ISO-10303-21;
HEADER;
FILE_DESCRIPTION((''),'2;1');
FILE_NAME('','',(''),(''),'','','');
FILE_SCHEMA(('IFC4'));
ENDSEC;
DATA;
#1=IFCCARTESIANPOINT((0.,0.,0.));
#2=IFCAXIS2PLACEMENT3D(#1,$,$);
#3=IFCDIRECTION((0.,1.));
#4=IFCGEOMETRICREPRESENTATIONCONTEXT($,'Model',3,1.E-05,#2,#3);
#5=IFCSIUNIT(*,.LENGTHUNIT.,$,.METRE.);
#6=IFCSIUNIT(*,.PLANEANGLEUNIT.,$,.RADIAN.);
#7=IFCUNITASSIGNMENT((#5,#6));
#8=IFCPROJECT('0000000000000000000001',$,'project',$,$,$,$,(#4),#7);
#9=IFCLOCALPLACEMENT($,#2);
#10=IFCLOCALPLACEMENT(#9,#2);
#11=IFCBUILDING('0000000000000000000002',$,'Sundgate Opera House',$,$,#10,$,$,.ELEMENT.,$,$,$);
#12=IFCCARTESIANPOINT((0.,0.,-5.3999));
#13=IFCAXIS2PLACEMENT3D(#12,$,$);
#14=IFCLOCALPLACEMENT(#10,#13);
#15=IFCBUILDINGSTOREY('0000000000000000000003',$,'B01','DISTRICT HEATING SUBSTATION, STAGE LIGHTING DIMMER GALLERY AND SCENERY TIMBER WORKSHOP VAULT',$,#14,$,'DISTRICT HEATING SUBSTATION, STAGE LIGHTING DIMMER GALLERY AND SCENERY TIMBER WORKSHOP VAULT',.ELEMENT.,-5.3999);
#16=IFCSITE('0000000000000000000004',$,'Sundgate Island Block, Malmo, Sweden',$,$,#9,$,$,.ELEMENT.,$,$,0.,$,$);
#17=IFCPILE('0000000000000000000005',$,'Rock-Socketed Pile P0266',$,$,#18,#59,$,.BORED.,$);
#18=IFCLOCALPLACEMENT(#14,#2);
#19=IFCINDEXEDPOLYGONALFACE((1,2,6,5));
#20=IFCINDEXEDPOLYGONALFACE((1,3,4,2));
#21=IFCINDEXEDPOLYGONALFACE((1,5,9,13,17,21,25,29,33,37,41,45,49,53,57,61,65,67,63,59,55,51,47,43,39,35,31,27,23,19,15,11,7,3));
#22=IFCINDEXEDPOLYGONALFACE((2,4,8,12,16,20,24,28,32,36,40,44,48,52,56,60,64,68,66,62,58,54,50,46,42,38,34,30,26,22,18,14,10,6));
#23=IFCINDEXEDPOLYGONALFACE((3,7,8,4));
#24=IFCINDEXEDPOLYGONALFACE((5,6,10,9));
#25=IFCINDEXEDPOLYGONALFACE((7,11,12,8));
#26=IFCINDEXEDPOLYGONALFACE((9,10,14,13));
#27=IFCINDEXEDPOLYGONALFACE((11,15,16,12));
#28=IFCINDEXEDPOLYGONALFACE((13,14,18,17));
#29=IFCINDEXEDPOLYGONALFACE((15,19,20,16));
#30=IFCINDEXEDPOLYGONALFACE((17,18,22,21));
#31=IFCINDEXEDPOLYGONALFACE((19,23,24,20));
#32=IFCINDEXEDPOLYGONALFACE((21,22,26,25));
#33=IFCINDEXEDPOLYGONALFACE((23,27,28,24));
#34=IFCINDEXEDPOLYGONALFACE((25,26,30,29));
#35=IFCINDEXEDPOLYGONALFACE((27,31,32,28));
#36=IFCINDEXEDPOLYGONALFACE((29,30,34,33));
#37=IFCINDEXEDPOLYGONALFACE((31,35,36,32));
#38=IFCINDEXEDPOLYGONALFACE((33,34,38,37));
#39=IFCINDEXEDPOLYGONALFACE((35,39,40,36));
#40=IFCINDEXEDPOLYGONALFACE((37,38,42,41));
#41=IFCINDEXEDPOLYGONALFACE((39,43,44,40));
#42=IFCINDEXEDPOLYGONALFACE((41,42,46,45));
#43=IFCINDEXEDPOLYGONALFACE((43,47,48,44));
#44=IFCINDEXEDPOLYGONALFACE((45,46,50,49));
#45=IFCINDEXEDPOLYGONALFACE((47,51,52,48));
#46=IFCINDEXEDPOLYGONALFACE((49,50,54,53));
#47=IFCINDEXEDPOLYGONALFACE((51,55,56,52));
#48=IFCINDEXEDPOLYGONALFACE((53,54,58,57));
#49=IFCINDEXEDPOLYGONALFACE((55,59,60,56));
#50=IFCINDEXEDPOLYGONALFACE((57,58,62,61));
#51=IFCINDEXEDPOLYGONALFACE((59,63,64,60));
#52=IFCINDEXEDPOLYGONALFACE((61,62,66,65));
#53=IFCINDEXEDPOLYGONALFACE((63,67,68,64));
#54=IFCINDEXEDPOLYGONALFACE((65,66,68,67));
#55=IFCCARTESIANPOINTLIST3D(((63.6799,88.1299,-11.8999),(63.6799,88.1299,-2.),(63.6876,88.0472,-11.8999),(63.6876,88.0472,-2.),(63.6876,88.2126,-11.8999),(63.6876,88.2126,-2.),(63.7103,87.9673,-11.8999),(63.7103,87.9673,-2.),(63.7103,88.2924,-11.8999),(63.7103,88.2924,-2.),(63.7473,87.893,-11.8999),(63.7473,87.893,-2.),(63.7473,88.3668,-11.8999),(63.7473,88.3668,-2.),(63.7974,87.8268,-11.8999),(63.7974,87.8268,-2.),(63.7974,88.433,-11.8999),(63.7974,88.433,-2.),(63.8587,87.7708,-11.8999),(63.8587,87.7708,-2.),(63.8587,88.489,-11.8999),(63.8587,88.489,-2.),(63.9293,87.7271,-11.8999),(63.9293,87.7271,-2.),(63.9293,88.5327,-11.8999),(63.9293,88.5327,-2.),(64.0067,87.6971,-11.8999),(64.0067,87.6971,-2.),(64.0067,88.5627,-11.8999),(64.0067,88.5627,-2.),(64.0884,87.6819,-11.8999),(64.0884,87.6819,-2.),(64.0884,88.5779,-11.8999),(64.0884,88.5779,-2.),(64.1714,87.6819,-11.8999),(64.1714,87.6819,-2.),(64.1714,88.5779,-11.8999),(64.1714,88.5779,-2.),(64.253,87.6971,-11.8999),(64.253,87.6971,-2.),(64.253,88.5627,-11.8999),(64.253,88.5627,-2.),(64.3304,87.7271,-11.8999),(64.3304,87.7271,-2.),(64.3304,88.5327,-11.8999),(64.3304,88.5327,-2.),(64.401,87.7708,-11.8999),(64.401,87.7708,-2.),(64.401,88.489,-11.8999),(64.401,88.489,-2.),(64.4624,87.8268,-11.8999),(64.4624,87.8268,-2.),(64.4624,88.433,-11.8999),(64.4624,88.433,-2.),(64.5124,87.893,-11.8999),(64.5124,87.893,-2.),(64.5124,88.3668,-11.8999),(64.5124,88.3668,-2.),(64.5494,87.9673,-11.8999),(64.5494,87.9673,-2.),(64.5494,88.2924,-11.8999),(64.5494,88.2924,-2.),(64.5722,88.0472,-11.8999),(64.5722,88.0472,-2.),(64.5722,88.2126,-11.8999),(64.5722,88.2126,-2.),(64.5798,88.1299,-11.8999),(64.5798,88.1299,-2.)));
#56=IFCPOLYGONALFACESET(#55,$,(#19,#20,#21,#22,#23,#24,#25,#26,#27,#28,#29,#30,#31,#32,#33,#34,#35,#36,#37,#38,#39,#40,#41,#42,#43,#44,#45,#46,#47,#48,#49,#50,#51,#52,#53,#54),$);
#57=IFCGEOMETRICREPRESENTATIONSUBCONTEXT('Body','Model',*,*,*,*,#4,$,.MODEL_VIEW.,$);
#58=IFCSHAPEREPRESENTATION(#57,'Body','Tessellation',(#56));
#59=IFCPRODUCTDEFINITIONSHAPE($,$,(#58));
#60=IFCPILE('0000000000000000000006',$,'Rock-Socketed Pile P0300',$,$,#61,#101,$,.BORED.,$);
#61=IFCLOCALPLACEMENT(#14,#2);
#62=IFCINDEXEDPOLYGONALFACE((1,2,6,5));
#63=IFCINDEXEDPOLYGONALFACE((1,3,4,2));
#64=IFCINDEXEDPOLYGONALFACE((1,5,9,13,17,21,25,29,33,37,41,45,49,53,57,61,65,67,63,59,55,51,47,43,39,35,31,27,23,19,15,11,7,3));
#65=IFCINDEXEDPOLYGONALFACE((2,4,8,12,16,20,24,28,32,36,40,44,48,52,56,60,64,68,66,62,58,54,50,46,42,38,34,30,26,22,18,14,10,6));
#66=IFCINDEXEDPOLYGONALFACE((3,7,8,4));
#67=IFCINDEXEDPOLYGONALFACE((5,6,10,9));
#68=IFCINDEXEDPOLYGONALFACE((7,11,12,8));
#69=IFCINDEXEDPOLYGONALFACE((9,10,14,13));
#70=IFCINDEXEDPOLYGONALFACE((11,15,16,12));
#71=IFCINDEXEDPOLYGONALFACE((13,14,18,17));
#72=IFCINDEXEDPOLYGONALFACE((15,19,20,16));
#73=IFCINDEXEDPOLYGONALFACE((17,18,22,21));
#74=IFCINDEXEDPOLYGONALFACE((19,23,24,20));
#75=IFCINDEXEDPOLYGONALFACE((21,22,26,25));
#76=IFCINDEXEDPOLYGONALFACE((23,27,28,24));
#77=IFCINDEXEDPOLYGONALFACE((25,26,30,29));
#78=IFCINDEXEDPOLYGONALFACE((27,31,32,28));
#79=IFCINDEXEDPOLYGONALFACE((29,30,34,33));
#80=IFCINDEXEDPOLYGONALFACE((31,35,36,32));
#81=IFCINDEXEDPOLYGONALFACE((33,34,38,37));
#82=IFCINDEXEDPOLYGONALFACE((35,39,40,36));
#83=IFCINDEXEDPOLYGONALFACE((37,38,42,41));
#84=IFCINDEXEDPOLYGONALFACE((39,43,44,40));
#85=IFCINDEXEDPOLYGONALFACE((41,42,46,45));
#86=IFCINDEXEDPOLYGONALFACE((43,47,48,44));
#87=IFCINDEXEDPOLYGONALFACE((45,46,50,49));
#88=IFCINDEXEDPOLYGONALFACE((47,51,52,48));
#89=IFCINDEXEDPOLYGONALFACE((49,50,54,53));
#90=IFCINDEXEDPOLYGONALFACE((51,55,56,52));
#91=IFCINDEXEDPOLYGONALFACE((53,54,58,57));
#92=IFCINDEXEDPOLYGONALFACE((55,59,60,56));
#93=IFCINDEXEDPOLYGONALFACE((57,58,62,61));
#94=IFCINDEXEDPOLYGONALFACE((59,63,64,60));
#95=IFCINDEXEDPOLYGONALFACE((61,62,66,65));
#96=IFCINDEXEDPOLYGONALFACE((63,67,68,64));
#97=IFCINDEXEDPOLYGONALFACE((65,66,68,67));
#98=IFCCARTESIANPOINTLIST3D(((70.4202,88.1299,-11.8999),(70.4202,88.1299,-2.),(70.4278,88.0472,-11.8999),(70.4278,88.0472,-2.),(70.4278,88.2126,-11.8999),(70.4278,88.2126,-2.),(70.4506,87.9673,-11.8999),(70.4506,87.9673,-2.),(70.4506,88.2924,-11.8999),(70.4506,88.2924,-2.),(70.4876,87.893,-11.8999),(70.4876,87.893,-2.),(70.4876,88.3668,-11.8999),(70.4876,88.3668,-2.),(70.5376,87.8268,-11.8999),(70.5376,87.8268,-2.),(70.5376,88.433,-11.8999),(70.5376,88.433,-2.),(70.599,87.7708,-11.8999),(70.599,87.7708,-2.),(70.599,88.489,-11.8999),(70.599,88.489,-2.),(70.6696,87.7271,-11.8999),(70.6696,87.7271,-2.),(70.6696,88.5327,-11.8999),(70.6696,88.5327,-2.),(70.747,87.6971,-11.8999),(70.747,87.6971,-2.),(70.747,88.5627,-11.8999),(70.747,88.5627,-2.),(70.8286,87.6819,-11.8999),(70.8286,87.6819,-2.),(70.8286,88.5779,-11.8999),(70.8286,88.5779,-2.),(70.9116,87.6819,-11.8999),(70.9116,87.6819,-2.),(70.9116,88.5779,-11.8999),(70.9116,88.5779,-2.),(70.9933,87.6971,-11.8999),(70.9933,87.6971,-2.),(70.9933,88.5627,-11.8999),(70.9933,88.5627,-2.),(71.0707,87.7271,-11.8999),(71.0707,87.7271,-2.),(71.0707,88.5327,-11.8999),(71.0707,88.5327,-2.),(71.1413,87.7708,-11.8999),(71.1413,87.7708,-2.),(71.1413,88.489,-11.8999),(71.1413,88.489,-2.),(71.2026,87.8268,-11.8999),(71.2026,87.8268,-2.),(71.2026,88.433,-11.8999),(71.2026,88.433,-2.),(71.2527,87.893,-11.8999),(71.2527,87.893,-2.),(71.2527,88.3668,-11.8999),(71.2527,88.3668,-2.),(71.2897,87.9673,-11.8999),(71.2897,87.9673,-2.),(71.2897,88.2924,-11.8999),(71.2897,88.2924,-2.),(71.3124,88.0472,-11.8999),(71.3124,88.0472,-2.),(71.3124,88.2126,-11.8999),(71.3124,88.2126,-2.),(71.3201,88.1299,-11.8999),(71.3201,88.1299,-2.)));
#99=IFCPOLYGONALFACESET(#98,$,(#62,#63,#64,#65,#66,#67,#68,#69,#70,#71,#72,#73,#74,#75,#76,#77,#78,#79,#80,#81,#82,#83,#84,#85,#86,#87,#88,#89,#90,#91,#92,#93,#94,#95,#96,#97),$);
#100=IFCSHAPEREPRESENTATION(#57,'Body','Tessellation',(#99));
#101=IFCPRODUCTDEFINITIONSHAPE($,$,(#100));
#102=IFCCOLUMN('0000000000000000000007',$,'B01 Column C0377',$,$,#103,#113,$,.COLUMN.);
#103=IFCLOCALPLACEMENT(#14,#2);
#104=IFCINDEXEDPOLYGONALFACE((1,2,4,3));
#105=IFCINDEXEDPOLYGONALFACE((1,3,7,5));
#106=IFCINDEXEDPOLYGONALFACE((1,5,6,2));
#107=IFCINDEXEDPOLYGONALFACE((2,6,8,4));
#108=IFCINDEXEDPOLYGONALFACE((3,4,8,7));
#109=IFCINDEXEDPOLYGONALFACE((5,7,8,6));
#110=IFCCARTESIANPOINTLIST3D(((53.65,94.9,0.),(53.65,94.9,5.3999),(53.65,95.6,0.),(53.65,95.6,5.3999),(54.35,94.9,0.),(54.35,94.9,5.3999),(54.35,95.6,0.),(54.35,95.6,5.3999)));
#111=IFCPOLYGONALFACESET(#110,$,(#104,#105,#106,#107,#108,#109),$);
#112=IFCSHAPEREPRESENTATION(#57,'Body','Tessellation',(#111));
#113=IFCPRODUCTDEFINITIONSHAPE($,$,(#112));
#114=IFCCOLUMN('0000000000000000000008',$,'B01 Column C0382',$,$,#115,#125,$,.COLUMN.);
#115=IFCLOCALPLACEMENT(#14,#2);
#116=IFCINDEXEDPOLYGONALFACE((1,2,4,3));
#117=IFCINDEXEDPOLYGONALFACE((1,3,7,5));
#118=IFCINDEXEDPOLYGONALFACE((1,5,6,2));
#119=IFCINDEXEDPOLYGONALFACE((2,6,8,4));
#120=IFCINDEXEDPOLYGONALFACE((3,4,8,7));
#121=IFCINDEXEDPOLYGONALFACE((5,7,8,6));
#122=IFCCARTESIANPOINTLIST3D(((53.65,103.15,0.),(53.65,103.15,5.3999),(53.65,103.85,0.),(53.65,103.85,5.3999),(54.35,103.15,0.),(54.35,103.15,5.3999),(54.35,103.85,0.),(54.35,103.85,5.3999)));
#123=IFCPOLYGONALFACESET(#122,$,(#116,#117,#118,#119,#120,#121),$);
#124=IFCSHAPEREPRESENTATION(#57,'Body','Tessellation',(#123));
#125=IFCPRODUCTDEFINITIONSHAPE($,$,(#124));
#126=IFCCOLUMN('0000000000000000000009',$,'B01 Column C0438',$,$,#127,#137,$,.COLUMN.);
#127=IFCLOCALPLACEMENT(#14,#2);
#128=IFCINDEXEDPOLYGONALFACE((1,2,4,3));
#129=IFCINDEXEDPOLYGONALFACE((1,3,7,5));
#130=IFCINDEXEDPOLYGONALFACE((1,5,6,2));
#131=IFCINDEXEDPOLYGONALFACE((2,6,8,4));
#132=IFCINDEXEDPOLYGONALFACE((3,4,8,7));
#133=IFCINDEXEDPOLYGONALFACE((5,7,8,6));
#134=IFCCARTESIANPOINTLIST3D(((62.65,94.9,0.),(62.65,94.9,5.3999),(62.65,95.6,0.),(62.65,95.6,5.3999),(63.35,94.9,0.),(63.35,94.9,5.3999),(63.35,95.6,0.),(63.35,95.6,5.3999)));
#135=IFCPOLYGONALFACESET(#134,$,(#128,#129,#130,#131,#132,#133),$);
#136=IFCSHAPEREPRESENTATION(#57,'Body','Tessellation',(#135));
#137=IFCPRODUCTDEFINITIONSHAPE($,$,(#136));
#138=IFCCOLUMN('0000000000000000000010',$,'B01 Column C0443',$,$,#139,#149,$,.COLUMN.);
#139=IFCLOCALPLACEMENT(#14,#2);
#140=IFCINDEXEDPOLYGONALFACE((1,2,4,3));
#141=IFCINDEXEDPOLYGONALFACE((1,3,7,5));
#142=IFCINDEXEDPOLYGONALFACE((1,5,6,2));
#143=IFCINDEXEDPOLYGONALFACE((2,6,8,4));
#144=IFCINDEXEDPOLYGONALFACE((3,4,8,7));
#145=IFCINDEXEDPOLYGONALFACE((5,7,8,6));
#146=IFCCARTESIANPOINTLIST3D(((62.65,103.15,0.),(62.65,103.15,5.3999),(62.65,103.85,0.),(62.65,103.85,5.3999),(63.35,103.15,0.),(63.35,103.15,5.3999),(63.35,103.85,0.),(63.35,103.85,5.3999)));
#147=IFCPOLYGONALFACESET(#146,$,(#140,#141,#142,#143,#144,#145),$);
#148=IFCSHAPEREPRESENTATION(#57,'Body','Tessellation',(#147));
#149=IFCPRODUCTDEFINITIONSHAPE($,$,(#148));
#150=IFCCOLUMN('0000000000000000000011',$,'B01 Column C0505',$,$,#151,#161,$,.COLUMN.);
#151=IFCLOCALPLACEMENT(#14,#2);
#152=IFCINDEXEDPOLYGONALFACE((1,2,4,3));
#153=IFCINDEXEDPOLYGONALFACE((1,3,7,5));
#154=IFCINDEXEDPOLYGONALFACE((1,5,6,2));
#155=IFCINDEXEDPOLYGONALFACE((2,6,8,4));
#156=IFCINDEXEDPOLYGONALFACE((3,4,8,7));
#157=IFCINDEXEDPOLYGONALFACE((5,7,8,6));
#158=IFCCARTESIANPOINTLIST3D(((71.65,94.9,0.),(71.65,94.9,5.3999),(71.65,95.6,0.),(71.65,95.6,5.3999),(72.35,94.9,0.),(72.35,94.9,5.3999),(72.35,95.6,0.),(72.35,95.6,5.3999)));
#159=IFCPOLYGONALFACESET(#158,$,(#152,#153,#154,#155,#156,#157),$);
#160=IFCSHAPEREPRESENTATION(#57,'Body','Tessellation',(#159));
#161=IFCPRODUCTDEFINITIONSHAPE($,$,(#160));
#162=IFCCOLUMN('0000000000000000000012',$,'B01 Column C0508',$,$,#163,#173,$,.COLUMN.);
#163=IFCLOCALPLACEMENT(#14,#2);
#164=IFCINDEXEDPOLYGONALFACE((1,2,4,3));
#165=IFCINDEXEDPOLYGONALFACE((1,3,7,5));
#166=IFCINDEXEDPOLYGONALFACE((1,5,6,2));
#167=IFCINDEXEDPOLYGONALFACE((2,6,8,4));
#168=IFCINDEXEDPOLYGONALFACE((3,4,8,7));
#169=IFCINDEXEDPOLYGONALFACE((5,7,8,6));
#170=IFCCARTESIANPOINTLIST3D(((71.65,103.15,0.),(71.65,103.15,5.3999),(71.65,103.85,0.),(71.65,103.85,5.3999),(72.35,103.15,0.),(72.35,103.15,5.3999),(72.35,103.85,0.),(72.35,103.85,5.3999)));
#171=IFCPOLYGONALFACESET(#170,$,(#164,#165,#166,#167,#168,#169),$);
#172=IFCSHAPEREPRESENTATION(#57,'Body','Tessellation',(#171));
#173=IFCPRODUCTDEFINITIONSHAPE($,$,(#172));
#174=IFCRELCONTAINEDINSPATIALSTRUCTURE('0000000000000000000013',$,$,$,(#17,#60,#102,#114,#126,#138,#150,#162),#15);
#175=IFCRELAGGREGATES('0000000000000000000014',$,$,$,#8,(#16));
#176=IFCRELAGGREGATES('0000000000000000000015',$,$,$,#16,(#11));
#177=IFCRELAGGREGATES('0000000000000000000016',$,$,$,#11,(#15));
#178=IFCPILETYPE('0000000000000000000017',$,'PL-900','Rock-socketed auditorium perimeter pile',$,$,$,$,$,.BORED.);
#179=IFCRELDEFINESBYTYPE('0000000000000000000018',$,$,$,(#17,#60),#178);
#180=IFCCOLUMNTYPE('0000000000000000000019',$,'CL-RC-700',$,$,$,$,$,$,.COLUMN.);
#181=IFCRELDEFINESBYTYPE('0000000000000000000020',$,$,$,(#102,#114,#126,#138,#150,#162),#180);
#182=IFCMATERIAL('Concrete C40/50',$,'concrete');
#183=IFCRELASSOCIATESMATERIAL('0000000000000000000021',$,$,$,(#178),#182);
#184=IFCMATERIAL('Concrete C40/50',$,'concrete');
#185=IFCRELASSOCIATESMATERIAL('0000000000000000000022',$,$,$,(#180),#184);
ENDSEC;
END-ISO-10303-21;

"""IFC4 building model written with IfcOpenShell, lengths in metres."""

from ifc_helpers import new_model, si_unit, direction, frame, origin, origin_2d, place, context, subcontext, project, spatial, rectangle, circle, extrude, material, material_profile, profile_set, type_object, element, save


model = new_model("IFC4")

# Units and contexts
model_context = context("Model", 3, precision=1e-05, world=origin(), true_north=direction((0.0, 1.0)))
body_context = subcontext(model_context, "Body", "Model", "MODEL_VIEW")
ifc_project = project(units=[si_unit("LENGTHUNIT", "METRE"), si_unit("PLANEANGLEUNIT", "RADIAN")], contexts=[model_context])

# Site, building, storey
site_placement = place(None, origin())
site = spatial("IfcSite", under=ifc_project, at=site_placement, Name="Sundgate Island Block, Malmo, Sweden", CompositionType="ELEMENT", RefElevation=0.0)
building_placement = place(site_placement, origin())
building = spatial("IfcBuilding", under=site, at=building_placement, Name="Sundgate Opera House", CompositionType="ELEMENT")
storey_placement = place(building_placement, frame((0.0, 0.0, -5.3999)))
storey = spatial("IfcBuildingStorey", under=building, at=storey_placement, Name="B01", Description="DISTRICT HEATING SUBSTATION, STAGE LIGHTING DIMMER GALLERY AND SCENERY TIMBER WORKSHOP VAULT", LongName="DISTRICT HEATING SUBSTATION, STAGE LIGHTING DIMMER GALLERY AND SCENERY TIMBER WORKSHOP VAULT", CompositionType="ELEMENT", Elevation=-5.3999)

# Piles
ifc_material_1 = material(Name="Concrete C40/50", Category="concrete")
ifc_material_profile_1 = material_profile(ifc_material_1, circle(Radius=0.45, at=origin_2d()), Name="PILE D900")
ifc_profile_set_1 = profile_set([ifc_material_profile_1], Name="Concrete C40/50")
pile_type_1 = type_object("IfcPileType", Name="PL-900", Description="Rock-socketed auditorium perimeter pile", PredefinedType="BORED", material=ifc_profile_set_1)
for number, where, z_axis, x_axis, name in (
    (1, (64.1299, 88.1299, -2.0), (0.0, 0.0, -1.0), (1.0, 0.0, 0.0), "Rock-Socketed Pile P0266"),
    (2, (70.8701, 88.1299, -2.0), (0.0, 0.0, -1.0), (1.0, 0.0, 0.0), "Rock-Socketed Pile P0300"),
):
    element("IfcPile", number, at=place(storey_placement, frame(where, z_axis=z_axis, x_axis=x_axis)), inside=storey, type_object=pile_type_1, Name=name, PredefinedType="BORED", context=body_context, shape_type="SweptSolid", body=[
        extrude(circle(Radius=0.45, at=origin_2d()), origin(), (0.0, 0.0, 1.0), 9.8999),
    ])

# Columns
ifc_material_2 = material(Name="Concrete C40/50", Category="concrete")
ifc_material_profile_2 = material_profile(ifc_material_2, rectangle(XDim=0.7, YDim=0.7, at=origin_2d()), Name="RC 700x700")
ifc_profile_set_2 = profile_set([ifc_material_profile_2], Name="Concrete C40/50")
column_type = type_object("IfcColumnType", Name="CL-RC-700", PredefinedType="COLUMN", material=ifc_profile_set_2)
for number, where, z_axis, x_axis, name in (
    (3, (54.0, 95.25, 0.0), (0.0, 0.0, 1.0), (1.0, 0.0, 0.0), "B01 Column C0377"),
    (4, (54.0, 103.5, 0.0), (0.0, 0.0, 1.0), (1.0, 0.0, 0.0), "B01 Column C0382"),
    (5, (63.0, 95.25, 0.0), (0.0, 0.0, 1.0), (1.0, 0.0, 0.0), "B01 Column C0438"),
    (6, (63.0, 103.5, 0.0), (0.0, 0.0, 1.0), (1.0, 0.0, 0.0), "B01 Column C0443"),
    (7, (72.0, 95.25, 0.0), (0.0, 0.0, 1.0), (1.0, 0.0, 0.0), "B01 Column C0505"),
    (8, (72.0, 103.5, 0.0), (0.0, 0.0, 1.0), (1.0, 0.0, 0.0), "B01 Column C0508"),
):
    element("IfcColumn", number, at=place(storey_placement, frame(where, z_axis=z_axis, x_axis=x_axis)), inside=storey, type_object=column_type, Name=name, PredefinedType="COLUMN", context=body_context, shape_type="SweptSolid", body=[
        extrude(rectangle(XDim=0.7, YDim=0.7, at=origin_2d()), origin(), (0.0, 0.0, 1.0), 5.3999),
    ])

save(model, "model.ifc")
